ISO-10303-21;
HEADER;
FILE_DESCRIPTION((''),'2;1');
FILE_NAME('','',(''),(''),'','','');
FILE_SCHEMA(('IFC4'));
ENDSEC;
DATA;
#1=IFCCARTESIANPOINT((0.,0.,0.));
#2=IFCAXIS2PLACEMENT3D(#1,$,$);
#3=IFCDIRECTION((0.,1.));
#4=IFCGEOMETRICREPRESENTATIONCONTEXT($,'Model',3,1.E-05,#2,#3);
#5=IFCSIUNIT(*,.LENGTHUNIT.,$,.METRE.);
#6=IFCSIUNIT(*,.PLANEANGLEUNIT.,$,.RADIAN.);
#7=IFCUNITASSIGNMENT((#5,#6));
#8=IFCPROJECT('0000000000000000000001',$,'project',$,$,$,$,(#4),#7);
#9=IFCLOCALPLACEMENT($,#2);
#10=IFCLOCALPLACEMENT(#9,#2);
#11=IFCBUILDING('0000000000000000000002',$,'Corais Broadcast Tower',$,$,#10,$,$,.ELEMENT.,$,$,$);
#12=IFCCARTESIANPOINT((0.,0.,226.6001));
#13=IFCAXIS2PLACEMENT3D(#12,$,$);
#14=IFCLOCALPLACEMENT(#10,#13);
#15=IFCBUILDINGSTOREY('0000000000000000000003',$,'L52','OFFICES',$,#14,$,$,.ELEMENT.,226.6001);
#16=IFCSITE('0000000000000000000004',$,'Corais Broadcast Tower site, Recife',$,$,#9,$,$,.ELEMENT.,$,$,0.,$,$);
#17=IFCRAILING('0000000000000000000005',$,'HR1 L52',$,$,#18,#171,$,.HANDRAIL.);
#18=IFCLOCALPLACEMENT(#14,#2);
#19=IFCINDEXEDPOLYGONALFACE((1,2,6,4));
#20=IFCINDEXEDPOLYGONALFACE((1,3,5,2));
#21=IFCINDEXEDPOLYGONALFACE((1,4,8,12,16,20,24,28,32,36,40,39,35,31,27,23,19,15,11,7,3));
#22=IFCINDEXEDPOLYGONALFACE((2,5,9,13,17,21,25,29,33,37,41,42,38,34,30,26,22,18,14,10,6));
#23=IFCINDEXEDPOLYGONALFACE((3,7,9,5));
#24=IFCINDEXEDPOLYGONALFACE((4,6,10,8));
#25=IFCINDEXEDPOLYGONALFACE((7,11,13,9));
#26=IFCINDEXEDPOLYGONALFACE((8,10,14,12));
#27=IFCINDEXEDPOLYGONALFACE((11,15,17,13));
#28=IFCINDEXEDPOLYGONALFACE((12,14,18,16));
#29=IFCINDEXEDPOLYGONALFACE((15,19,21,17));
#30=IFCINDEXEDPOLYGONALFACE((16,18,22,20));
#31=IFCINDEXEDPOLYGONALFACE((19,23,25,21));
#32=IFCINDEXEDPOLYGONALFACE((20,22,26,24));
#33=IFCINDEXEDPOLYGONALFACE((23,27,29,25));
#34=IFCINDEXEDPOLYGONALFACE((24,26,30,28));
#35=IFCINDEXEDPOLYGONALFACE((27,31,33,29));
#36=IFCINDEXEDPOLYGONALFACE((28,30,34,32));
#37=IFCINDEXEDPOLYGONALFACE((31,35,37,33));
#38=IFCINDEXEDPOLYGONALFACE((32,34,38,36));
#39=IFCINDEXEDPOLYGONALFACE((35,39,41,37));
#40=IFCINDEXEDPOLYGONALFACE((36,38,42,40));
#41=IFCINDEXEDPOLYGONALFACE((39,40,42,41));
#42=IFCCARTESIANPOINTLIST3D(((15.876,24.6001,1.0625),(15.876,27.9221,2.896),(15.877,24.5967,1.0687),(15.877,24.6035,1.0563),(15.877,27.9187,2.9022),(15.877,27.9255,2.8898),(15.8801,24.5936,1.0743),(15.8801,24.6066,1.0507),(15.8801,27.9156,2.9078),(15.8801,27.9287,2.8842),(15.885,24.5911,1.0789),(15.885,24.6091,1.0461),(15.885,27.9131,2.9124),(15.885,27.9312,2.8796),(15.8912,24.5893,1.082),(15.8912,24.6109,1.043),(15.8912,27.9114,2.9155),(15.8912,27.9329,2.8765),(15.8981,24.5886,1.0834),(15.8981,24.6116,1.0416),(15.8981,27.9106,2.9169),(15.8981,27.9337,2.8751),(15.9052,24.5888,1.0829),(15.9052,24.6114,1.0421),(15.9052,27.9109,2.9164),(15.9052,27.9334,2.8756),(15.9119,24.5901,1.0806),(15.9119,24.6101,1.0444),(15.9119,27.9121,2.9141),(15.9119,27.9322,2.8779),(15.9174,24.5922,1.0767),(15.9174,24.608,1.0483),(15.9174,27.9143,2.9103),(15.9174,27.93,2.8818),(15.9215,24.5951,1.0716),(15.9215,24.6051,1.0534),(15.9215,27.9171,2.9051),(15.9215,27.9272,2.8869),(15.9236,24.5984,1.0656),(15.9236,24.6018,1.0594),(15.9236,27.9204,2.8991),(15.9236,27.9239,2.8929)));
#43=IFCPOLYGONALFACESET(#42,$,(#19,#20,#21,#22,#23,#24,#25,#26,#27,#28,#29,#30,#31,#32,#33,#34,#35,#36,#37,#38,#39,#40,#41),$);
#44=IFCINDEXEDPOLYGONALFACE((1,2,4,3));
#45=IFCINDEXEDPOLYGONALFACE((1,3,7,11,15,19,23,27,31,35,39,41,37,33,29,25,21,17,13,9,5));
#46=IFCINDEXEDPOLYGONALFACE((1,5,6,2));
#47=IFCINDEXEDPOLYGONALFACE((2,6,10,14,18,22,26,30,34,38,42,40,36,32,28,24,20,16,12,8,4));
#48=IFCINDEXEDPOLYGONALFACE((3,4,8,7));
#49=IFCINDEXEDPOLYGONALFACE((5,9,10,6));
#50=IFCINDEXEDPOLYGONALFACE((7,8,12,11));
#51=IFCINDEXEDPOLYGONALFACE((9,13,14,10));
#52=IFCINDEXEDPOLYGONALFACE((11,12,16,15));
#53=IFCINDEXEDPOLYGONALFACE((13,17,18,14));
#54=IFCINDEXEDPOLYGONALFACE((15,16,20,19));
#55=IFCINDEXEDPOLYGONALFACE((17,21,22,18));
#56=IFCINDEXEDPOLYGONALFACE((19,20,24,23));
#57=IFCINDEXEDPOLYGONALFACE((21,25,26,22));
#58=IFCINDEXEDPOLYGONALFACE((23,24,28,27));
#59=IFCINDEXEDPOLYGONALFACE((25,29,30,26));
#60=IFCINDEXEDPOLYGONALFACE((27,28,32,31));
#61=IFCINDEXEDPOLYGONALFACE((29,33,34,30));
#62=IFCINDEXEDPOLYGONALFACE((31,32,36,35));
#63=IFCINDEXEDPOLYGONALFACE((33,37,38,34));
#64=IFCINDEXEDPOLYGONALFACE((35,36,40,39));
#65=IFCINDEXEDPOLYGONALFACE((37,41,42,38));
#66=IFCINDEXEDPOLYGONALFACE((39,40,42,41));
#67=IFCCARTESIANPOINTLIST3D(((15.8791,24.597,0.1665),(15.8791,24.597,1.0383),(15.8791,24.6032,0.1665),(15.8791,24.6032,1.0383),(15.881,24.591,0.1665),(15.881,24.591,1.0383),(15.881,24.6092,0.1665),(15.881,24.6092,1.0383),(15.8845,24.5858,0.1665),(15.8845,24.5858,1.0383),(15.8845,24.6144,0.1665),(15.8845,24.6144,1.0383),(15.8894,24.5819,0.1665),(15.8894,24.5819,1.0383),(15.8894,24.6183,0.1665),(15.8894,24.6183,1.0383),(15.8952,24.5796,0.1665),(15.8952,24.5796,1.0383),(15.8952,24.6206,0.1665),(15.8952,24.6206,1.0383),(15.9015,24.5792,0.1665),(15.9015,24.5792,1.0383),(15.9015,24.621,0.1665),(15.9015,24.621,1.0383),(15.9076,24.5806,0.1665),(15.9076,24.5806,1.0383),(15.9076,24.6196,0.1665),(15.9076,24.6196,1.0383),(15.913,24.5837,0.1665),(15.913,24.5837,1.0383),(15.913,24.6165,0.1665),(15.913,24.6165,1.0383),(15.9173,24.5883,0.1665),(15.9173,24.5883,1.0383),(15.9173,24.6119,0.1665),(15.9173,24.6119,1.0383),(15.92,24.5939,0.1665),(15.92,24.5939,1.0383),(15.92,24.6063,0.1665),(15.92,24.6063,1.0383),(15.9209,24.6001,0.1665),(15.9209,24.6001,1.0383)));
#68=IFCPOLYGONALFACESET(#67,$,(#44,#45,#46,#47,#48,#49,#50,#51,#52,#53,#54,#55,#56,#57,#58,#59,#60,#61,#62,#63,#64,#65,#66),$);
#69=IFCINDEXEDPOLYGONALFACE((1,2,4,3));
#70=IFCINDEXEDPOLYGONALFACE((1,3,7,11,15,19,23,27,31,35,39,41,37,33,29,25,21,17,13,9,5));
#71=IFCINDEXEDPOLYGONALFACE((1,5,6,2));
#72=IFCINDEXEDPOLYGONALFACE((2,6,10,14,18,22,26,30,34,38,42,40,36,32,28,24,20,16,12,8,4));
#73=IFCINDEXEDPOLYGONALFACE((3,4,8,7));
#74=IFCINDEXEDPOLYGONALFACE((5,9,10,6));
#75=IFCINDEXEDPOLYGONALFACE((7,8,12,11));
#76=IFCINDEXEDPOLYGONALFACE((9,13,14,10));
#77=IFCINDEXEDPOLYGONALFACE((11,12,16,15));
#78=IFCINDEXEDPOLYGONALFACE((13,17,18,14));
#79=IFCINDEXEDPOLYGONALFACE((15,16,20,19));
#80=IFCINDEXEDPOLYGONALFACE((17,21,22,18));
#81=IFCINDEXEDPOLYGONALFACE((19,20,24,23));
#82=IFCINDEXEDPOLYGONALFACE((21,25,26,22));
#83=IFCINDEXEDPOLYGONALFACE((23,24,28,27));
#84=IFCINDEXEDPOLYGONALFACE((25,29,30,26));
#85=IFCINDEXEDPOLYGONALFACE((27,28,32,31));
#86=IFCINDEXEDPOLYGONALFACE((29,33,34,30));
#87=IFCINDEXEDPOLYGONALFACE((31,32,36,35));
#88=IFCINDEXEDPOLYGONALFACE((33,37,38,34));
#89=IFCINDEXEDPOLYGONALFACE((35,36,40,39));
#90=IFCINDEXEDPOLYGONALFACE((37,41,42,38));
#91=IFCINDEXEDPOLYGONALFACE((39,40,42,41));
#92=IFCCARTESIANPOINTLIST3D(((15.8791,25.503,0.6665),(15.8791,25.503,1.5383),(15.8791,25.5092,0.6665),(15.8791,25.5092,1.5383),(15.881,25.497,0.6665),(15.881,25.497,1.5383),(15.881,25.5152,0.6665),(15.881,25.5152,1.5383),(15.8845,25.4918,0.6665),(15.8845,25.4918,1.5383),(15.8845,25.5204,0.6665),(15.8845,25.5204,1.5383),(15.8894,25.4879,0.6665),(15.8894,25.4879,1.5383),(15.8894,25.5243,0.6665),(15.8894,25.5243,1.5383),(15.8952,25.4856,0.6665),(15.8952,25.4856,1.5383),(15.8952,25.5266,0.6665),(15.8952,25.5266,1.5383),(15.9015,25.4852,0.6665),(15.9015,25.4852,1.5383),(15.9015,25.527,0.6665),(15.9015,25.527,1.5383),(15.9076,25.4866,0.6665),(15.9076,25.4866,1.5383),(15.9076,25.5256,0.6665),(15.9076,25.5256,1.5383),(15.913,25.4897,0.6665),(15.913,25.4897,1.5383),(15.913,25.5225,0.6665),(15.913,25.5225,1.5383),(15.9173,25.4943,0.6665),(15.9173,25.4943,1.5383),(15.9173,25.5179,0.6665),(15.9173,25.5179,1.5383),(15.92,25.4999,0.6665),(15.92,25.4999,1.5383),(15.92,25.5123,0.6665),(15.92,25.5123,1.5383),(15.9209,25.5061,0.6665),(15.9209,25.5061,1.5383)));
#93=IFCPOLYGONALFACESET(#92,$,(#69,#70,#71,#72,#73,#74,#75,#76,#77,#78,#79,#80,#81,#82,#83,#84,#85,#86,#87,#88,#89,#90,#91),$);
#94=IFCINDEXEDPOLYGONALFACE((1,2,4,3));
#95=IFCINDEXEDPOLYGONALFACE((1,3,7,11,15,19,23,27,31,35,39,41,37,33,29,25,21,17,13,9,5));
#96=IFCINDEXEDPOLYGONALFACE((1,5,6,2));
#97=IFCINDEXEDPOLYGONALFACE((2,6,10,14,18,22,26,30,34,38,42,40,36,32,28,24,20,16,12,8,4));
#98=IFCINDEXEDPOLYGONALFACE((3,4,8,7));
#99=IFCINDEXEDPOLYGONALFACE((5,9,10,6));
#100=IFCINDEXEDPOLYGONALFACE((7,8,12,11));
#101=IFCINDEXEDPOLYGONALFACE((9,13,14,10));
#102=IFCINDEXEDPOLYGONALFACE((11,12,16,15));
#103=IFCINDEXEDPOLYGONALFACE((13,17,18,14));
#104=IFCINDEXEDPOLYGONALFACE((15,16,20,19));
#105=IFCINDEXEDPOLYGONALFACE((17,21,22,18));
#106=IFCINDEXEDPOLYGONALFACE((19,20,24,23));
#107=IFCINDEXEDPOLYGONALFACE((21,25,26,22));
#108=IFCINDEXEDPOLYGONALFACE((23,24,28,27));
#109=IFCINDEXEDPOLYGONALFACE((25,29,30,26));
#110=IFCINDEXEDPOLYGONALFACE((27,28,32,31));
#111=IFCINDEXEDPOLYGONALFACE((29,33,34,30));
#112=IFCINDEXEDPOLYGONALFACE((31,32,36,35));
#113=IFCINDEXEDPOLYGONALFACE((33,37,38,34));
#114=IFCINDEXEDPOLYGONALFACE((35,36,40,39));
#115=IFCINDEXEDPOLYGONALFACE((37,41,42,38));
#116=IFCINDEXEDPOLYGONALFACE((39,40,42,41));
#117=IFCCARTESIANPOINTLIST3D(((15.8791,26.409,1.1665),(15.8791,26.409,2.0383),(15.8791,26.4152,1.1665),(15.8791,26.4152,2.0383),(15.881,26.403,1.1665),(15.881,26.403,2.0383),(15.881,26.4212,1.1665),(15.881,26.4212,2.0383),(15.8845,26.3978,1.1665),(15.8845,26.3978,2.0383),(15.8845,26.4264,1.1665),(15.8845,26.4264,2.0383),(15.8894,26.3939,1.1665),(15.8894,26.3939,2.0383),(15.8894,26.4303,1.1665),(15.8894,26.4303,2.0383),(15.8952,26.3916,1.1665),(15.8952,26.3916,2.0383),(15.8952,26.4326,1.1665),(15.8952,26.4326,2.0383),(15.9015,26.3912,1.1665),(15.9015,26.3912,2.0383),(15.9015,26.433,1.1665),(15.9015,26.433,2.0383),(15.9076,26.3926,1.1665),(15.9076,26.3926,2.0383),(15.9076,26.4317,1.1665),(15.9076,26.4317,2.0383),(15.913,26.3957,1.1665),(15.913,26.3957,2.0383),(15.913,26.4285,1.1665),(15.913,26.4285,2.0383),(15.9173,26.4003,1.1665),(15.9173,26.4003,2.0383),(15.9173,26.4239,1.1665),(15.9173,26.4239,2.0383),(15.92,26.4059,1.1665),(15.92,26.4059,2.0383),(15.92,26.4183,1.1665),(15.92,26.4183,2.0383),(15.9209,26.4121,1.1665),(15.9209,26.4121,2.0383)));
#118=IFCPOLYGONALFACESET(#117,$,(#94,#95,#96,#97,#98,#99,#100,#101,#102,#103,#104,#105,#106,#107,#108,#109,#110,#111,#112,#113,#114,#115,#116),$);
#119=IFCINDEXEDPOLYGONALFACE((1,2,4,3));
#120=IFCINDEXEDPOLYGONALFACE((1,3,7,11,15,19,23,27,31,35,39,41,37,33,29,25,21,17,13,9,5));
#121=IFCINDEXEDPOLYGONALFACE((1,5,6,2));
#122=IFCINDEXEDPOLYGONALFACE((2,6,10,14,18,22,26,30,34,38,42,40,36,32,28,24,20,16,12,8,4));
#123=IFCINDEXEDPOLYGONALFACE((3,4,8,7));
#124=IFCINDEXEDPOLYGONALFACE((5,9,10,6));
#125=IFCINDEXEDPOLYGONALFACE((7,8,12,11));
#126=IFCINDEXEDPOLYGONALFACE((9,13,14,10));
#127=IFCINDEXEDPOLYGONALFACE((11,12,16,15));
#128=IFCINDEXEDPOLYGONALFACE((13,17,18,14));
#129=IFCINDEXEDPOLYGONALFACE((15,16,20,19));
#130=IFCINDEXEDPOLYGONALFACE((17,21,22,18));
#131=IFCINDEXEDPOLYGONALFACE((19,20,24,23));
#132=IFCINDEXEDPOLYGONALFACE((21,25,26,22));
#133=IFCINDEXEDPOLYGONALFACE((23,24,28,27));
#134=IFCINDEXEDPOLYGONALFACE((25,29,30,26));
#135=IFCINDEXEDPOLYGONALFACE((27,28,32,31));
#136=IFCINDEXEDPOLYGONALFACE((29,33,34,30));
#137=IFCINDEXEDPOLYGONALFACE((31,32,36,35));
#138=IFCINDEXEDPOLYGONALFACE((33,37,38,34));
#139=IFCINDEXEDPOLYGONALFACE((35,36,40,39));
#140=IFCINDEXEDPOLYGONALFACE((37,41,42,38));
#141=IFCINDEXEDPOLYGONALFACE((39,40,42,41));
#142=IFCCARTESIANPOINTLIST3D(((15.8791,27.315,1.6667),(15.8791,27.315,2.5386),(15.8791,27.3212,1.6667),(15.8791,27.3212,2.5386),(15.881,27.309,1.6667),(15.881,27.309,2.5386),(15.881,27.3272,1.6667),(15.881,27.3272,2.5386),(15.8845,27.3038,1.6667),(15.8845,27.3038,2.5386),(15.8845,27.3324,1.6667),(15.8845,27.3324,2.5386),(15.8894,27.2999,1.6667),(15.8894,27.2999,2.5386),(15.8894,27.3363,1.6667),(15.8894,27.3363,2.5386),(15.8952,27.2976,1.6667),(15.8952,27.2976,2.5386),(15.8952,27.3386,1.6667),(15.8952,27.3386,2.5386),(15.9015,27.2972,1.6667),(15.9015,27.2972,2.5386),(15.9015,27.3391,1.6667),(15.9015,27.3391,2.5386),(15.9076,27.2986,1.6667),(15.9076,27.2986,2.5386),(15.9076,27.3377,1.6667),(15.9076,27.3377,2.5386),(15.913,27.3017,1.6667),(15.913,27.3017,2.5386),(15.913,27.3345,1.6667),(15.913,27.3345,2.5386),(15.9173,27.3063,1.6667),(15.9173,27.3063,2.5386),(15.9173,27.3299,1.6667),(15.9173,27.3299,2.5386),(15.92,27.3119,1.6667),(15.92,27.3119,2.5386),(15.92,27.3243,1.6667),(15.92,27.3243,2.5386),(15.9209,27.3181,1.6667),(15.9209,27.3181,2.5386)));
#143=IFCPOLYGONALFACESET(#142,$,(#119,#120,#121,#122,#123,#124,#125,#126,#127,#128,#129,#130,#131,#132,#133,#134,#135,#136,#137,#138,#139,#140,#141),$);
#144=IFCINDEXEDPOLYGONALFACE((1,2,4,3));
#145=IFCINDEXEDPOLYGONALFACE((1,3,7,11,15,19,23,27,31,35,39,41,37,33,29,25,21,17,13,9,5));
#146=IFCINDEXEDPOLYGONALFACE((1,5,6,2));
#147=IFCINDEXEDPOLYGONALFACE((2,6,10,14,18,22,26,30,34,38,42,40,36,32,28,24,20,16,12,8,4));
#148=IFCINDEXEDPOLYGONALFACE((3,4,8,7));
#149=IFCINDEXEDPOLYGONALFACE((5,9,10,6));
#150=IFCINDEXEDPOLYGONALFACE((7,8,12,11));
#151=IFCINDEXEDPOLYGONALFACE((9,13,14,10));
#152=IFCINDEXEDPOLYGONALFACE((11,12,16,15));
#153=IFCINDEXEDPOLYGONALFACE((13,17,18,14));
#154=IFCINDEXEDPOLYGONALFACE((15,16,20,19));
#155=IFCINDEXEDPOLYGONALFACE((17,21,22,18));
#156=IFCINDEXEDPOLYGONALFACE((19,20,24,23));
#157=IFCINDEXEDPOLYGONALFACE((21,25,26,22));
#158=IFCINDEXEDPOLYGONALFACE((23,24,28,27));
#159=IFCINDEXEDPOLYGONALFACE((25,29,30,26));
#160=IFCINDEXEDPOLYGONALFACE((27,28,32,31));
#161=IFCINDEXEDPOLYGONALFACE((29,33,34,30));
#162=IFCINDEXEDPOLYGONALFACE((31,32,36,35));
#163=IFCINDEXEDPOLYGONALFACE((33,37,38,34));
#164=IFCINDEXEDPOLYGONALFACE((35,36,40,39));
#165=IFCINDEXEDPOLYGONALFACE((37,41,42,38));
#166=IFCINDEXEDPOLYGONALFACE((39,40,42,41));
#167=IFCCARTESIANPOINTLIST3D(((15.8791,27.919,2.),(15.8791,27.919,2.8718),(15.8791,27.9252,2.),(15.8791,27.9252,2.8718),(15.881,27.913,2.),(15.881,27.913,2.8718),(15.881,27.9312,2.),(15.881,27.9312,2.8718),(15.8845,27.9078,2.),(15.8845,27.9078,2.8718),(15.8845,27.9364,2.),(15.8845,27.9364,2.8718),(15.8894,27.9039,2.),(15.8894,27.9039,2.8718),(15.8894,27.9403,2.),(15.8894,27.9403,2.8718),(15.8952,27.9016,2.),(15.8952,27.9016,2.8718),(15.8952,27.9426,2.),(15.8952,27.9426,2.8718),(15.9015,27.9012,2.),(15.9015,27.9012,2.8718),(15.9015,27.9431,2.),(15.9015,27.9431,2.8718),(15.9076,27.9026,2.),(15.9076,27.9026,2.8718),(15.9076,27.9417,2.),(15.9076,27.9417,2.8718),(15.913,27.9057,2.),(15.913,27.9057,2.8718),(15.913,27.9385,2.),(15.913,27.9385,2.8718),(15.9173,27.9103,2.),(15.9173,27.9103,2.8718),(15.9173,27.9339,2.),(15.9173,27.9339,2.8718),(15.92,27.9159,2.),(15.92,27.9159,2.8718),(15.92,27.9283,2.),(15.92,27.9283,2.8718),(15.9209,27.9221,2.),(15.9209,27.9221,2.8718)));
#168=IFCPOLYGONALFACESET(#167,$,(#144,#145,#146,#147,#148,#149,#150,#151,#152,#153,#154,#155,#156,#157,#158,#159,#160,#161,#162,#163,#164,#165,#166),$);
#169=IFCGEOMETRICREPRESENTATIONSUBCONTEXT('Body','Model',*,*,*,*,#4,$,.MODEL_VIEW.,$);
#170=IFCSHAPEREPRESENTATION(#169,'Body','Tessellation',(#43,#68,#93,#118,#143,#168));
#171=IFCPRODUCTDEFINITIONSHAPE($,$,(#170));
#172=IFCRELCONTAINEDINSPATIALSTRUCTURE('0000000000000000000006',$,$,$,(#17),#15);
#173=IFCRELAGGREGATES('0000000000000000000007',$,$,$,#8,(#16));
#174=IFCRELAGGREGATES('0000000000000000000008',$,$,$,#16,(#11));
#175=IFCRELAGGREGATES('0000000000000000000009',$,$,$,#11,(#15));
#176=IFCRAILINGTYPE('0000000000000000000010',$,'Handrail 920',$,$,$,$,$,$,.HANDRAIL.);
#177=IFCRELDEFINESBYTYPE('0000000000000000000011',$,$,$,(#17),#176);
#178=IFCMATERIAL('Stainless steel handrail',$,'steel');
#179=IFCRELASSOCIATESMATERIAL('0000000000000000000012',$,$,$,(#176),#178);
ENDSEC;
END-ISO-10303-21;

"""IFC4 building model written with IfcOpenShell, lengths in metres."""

from ifc_helpers import new_model, si_unit, direction, frame, origin, origin_2d, place, context, subcontext, project, spatial, circle, extrude, material, type_object, element, save


model = new_model("IFC4")

# Units and contexts
model_context = context("Model", 3, precision=1e-05, world=origin(), true_north=direction((0.0, 1.0)))
body_context = subcontext(model_context, "Body", "Model", "MODEL_VIEW")
ifc_project = project(units=[si_unit("LENGTHUNIT", "METRE"), si_unit("PLANEANGLEUNIT", "RADIAN")], contexts=[model_context])

# Site, building, storey
site_placement = place(None, origin())
site = spatial("IfcSite", under=ifc_project, at=site_placement, Name="Corais Broadcast Tower site, Recife", CompositionType="ELEMENT", RefElevation=0.0)
building_placement = place(site_placement, origin())
building = spatial("IfcBuilding", under=site, at=building_placement, Name="Corais Broadcast Tower", CompositionType="ELEMENT")
storey_placement = place(building_placement, frame((0.0, 0.0, 226.6001)))
storey = spatial("IfcBuildingStorey", under=building, at=storey_placement, Name="L52", Description="OFFICES", CompositionType="ELEMENT", Elevation=226.6001)

# Railing
ifc_material_1 = material(Name="Stainless steel handrail", Category="steel")
railing_type = type_object("IfcRailingType", Name="Handrail 920", PredefinedType="HANDRAIL", material=ifc_material_1)
for number, where, name in (
    (1, (15.8999, 24.6001, 0.1665), "HR1 L52"),
):
    element("IfcRailing", number, at=place(storey_placement, frame(where)), inside=storey, type_object=railing_type, Name=name, PredefinedType="HANDRAIL", context=body_context, shape_type="SweptSolid", body=[
        extrude(circle(Radius=0.0239, at=origin_2d()), frame((0.0, 0.0, 0.896), z_axis=(0.0, 0.875504, 0.48321), x_axis=(-1.0, 0.0, 0.0)), (0.0, 0.0, 1.0), 3.7944),
        extrude(circle(Radius=0.021, at=origin_2d()), origin(), (0.0, 0.0, 1.0), 0.8718),
        extrude(circle(Radius=0.021, at=origin_2d()), frame((0.0, 0.906, 0.5)), (0.0, 0.0, 1.0), 0.8718),
        extrude(circle(Radius=0.021, at=origin_2d()), frame((0.0, 1.812, 1.0)), (0.0, 0.0, 1.0), 0.8718),
        extrude(circle(Radius=0.021, at=origin_2d()), frame((0.0, 2.718, 1.5002)), (0.0, 0.0, 1.0), 0.8718),
        extrude(circle(Radius=0.021, at=origin_2d()), frame((0.0, 3.322, 1.8335)), (0.0, 0.0, 1.0), 0.8718),
    ])

save(model, "model.ifc")
